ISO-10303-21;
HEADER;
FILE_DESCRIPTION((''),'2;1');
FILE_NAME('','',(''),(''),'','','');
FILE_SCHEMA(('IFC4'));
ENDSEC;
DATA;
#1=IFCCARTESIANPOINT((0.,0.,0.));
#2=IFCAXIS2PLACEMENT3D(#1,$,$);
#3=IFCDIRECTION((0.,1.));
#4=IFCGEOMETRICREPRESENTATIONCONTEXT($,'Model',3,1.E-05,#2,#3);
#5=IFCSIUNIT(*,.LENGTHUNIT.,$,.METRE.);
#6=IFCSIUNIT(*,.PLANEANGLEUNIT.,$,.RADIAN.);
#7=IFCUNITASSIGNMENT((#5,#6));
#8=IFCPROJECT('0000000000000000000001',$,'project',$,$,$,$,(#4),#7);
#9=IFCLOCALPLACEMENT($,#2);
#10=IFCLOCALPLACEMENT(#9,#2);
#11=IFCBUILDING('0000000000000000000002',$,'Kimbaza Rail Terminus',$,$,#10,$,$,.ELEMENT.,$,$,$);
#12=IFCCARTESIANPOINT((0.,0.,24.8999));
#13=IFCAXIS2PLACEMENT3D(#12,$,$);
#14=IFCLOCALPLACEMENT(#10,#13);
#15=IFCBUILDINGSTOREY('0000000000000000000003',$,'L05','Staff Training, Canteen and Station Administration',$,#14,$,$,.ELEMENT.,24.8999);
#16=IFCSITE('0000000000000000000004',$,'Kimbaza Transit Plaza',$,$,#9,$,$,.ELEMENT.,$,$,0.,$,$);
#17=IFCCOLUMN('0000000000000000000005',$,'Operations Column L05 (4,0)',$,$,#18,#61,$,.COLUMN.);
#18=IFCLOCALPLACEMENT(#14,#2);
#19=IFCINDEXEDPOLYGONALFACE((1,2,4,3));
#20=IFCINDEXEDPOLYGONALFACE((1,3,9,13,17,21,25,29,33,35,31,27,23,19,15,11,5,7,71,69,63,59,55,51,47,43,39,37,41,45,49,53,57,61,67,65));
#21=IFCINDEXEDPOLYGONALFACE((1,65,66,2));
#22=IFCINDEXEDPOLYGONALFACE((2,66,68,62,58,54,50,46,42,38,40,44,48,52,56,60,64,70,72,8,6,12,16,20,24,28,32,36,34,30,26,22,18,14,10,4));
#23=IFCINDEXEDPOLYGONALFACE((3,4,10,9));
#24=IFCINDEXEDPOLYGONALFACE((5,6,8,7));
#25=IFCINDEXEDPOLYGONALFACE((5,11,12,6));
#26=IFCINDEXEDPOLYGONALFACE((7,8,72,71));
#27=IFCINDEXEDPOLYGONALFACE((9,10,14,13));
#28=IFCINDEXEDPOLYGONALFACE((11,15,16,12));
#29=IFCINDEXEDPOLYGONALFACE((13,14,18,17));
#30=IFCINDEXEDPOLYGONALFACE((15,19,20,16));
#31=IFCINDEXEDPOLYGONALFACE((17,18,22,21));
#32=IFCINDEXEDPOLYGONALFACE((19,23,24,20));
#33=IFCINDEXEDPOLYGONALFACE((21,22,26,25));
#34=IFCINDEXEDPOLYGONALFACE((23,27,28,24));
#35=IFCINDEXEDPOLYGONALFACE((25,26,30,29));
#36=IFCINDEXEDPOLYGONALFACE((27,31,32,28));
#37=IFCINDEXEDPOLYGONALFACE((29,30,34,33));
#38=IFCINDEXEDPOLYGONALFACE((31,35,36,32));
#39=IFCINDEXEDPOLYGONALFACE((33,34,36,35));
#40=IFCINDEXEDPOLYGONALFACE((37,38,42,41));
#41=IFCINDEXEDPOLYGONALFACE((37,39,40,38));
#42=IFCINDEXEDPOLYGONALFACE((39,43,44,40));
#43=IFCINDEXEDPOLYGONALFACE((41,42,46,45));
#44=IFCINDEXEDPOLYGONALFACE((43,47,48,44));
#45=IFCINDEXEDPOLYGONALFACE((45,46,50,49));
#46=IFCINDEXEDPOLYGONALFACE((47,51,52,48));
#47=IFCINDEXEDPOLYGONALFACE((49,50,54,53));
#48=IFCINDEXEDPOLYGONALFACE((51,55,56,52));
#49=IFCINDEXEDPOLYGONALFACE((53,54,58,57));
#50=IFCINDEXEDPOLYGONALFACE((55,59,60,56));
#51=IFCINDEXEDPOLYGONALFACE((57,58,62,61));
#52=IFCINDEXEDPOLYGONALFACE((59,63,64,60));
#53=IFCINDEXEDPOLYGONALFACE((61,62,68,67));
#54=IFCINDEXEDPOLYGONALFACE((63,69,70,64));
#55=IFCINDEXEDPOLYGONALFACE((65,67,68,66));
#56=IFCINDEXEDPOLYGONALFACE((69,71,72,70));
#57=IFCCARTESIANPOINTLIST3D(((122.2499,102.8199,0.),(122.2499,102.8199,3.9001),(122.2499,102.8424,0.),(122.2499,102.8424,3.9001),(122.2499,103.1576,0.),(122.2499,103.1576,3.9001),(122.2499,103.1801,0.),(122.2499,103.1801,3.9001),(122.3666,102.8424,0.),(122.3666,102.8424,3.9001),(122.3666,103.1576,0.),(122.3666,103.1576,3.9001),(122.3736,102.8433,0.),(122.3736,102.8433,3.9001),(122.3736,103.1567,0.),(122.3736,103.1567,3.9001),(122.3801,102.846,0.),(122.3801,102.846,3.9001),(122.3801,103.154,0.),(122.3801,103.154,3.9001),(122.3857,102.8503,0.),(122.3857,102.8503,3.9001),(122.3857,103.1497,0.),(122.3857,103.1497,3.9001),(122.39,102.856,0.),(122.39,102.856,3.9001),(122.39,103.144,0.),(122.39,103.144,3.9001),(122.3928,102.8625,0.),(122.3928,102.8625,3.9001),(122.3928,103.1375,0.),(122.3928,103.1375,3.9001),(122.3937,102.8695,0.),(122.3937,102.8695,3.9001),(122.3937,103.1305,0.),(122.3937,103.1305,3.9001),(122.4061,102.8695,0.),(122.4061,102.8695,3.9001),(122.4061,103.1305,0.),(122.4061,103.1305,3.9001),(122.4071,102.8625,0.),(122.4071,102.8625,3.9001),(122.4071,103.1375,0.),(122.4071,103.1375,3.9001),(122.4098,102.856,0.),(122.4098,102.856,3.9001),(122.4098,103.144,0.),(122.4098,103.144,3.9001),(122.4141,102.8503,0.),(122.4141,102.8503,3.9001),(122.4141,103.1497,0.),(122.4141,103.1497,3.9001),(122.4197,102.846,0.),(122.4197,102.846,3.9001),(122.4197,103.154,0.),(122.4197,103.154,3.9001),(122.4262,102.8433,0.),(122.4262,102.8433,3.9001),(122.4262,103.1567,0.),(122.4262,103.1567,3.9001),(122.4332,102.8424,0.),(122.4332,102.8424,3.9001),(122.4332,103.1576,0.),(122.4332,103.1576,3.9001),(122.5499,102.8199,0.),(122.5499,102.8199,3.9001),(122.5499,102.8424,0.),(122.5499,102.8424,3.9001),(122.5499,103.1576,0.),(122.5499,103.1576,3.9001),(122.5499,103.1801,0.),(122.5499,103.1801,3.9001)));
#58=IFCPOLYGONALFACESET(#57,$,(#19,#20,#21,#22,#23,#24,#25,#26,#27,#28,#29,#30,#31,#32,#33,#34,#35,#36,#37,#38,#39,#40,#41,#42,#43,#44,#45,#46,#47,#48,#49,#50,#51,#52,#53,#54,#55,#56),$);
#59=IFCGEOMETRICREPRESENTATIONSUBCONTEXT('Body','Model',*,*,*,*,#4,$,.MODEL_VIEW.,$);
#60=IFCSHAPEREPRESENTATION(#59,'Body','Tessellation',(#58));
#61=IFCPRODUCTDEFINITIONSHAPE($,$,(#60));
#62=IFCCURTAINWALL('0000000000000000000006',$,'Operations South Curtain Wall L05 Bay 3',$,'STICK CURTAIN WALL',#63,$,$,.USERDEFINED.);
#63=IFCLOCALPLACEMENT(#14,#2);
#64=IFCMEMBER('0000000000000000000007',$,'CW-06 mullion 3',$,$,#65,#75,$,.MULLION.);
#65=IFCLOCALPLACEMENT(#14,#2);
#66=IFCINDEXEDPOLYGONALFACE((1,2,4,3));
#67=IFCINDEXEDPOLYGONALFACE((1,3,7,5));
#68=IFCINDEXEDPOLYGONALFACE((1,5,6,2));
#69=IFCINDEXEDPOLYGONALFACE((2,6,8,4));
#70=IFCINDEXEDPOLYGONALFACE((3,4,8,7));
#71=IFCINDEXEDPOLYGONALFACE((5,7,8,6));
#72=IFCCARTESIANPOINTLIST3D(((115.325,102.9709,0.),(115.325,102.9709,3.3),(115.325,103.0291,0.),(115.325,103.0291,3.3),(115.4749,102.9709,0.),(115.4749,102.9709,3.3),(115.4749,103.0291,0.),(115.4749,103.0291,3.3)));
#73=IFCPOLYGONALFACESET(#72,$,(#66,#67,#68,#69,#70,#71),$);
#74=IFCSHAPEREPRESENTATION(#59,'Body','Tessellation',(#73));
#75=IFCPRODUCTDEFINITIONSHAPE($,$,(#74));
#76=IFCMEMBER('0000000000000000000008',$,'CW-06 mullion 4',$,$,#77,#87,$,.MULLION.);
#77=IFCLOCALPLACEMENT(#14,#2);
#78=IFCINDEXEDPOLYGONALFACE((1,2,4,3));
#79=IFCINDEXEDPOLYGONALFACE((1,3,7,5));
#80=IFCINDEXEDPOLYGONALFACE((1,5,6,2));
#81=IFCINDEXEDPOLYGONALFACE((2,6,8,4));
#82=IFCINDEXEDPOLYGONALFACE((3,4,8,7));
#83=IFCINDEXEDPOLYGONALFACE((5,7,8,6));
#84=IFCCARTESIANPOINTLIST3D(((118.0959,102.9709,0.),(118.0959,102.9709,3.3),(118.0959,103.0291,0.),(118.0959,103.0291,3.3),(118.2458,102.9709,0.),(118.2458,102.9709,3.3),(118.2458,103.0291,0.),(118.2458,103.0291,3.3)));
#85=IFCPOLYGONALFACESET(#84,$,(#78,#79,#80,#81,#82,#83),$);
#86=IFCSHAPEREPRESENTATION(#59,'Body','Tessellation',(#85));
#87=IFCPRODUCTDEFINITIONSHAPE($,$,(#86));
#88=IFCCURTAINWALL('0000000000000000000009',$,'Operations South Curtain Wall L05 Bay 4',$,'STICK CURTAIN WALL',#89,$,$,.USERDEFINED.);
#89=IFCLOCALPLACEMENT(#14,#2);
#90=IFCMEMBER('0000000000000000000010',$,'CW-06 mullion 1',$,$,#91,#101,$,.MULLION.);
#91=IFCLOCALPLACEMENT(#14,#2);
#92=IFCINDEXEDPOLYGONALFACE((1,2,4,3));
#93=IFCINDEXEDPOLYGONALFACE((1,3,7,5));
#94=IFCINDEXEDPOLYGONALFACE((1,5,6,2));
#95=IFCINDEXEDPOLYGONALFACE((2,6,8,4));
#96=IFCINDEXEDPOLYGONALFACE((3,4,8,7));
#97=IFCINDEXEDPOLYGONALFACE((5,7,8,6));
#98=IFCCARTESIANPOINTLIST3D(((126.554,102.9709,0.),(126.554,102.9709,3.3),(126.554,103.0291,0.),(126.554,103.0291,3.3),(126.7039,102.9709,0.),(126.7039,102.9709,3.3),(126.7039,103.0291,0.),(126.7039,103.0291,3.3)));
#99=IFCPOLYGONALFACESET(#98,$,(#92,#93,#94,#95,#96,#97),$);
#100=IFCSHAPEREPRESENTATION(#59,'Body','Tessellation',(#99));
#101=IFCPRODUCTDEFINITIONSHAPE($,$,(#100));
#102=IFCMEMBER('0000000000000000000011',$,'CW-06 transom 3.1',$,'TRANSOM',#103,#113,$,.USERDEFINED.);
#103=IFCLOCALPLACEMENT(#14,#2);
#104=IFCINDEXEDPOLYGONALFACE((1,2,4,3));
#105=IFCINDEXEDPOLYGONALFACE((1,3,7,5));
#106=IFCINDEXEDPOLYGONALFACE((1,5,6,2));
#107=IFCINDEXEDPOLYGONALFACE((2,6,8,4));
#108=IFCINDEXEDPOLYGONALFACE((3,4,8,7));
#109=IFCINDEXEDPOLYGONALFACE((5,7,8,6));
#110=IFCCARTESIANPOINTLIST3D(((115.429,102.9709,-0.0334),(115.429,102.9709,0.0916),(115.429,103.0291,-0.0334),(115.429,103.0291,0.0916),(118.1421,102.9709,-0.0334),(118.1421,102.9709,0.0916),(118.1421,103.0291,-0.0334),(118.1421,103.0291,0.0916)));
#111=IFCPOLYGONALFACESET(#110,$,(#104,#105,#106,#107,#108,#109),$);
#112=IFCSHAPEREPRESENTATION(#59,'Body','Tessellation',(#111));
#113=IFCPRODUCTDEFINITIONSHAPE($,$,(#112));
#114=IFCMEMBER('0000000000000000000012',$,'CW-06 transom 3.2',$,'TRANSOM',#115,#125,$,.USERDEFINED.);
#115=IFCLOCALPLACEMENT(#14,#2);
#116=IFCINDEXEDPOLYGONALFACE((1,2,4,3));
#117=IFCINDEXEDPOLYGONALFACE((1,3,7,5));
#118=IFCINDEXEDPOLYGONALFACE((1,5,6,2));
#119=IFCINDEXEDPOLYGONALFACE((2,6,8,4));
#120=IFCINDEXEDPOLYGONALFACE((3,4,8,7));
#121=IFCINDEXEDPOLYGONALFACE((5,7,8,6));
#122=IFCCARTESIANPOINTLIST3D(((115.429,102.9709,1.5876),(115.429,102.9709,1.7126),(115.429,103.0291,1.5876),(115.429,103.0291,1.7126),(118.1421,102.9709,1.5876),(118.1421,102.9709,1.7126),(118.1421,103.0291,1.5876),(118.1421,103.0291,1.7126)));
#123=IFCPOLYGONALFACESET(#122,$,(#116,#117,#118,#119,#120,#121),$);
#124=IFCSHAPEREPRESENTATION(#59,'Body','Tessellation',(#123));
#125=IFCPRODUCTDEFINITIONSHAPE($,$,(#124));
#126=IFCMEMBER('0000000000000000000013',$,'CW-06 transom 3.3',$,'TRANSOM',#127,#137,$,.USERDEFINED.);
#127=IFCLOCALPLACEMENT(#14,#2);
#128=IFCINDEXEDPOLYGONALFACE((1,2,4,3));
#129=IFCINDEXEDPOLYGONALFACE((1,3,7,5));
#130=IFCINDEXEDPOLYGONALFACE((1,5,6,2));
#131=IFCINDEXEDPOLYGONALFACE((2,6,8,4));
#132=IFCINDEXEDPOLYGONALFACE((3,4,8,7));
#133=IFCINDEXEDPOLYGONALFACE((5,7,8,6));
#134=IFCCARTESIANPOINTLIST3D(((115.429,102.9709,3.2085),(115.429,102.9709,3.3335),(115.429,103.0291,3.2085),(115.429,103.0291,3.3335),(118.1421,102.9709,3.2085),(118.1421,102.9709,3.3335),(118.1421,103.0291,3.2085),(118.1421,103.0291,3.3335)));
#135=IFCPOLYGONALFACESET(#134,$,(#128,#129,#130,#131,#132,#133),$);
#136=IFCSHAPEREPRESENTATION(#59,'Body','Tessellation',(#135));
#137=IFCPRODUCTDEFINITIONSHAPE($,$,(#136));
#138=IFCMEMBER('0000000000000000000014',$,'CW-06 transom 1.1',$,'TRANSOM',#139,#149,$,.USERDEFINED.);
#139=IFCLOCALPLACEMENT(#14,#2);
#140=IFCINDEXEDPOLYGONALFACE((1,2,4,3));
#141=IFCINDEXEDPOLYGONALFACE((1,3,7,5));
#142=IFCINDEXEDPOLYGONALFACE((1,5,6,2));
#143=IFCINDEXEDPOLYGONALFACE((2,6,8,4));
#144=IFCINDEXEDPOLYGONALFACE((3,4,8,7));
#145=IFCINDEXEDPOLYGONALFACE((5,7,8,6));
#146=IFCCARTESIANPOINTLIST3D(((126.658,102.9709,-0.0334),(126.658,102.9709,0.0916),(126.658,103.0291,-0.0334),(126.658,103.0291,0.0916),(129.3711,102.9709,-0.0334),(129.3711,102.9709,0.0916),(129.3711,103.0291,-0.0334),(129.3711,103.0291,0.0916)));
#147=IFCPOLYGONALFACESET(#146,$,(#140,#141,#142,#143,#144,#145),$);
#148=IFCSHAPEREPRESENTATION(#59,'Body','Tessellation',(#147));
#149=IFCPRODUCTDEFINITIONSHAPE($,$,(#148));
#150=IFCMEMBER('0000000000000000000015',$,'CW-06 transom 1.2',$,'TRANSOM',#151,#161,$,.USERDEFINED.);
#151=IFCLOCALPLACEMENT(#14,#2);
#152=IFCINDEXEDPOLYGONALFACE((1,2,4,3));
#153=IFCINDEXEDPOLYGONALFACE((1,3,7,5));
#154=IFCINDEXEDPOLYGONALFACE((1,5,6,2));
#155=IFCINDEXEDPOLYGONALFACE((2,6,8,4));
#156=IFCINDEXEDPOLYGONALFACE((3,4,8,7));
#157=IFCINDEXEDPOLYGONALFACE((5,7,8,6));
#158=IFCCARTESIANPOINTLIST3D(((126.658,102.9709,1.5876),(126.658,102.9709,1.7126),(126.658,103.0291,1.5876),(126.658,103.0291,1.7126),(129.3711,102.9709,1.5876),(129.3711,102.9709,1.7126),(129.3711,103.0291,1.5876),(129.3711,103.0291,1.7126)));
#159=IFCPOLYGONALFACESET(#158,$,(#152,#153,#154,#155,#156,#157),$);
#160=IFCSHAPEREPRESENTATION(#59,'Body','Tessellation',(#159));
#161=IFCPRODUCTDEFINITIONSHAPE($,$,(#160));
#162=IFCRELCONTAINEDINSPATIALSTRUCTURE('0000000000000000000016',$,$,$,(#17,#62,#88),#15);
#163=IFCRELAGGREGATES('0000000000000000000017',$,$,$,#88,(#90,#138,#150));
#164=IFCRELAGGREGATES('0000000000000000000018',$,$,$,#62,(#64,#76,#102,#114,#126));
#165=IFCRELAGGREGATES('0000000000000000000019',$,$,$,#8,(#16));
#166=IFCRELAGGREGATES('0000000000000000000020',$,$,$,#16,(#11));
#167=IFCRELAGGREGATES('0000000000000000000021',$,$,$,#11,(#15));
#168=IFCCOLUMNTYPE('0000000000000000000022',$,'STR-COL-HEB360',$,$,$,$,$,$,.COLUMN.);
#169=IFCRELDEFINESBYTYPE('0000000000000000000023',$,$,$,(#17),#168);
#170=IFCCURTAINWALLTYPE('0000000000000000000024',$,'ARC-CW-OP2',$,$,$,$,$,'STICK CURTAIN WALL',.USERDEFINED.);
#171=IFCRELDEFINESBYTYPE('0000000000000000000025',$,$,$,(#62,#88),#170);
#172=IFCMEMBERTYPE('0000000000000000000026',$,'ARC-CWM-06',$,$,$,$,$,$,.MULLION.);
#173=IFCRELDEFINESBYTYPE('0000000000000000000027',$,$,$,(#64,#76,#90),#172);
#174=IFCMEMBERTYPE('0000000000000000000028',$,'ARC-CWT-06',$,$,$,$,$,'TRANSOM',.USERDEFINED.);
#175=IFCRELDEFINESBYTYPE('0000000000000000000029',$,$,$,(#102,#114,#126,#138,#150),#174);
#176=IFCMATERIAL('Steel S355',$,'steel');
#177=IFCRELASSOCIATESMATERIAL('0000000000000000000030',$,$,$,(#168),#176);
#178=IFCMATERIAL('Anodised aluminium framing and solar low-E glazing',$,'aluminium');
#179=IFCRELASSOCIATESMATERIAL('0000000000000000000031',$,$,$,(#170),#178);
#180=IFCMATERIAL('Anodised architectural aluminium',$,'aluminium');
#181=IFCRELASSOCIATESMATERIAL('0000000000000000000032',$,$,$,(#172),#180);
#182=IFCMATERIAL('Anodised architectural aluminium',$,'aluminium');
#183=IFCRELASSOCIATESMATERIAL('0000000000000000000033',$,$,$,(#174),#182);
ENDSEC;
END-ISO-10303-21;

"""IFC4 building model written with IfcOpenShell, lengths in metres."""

from ifc_helpers import new_model, si_unit, direction, frame, origin, origin_2d, place, context, subcontext, project, spatial, rectangle, i_section, extrude, material, material_profile, profile_set, type_object, element, aggregate, save


model = new_model("IFC4")

# Units and contexts
model_context = context("Model", 3, precision=1e-05, world=origin(), true_north=direction((0.0, 1.0)))
body_context = subcontext(model_context, "Body", "Model", "MODEL_VIEW")
ifc_project = project(units=[si_unit("LENGTHUNIT", "METRE"), si_unit("PLANEANGLEUNIT", "RADIAN")], contexts=[model_context])

# Site, building, storey
site_placement = place(None, origin())
site = spatial("IfcSite", under=ifc_project, at=site_placement, Name="Kimbaza Transit Plaza", CompositionType="ELEMENT", RefElevation=0.0)
building_placement = place(site_placement, origin())
building = spatial("IfcBuilding", under=site, at=building_placement, Name="Kimbaza Rail Terminus", CompositionType="ELEMENT")
storey_placement = place(building_placement, frame((0.0, 0.0, 24.8999)))
storey = spatial("IfcBuildingStorey", under=building, at=storey_placement, Name="L05", Description="Staff Training, Canteen and Station Administration", CompositionType="ELEMENT", Elevation=24.8999)

# Column
ifc_material_1 = material(Name="Steel S355", Category="steel")
ifc_material_profile_1 = material_profile(ifc_material_1, i_section(OverallWidth=0.3, OverallDepth=0.3601, WebThickness=0.0125, FlangeThickness=0.0225, FilletRadius=0.0271, at=origin_2d()), Name="HEB 360")
ifc_profile_set_1 = profile_set([ifc_material_profile_1], Name="Steel S355")
column_type = type_object("IfcColumnType", Name="STR-COL-HEB360", PredefinedType="COLUMN", material=ifc_profile_set_1)
column_placement = place(storey_placement, frame((122.3999, 103.0, 0.0), z_axis=(0.0, 0.0, 1.0), x_axis=(1.0, 0.0, 0.0)))
element("IfcColumn", 1, at=column_placement, inside=storey, type_object=column_type, Name="Operations Column L05 (4,0)", PredefinedType="COLUMN", context=body_context, shape_type="SweptSolid", body=[
    extrude(i_section(OverallWidth=0.3, OverallDepth=0.3601, WebThickness=0.0125, FlangeThickness=0.0225, FilletRadius=0.0271, at=origin_2d()), origin(), (0.0, 0.0, 1.0), 3.9001),
])

# Curtain wall, members
ifc_material_2 = material(Name="Anodised aluminium framing and solar low-E glazing", Category="aluminium")
curtain_wall_type = type_object("IfcCurtainWallType", Name="ARC-CW-OP2", ElementType="STICK CURTAIN WALL", PredefinedType="USERDEFINED", material=ifc_material_2)
curtain_wall_1_placement = place(storey_placement, origin())
curtain_wall_1 = element("IfcCurtainWall", 2, at=curtain_wall_1_placement, inside=storey, type_object=curtain_wall_type, Name="Operations South Curtain Wall L05 Bay 3", ObjectType="STICK CURTAIN WALL", PredefinedType="USERDEFINED")
ifc_material_3 = material(Name="Anodised architectural aluminium", Category="aluminium")
ifc_material_profile_2 = material_profile(ifc_material_3, rectangle(XDim=0.0581, YDim=0.1499, at=origin_2d()), Name="MULLION 58x150")
ifc_profile_set_2 = profile_set([ifc_material_profile_2], Name="Anodised architectural aluminium")
member_type_1 = type_object("IfcMemberType", Name="ARC-CWM-06", PredefinedType="MULLION", material=ifc_profile_set_2)
member_1_placement = place(storey_placement, frame((115.3999, 103.0, 0.0), z_axis=(0.0, 0.0, 1.0), x_axis=(0.0, 1.0, 0.0)))
member_1 = element("IfcMember", 3, at=member_1_placement, type_object=member_type_1, Name="CW-06 mullion 3", PredefinedType="MULLION", context=body_context, shape_type="SweptSolid", body=[
    extrude(rectangle(XDim=0.0581, YDim=0.1499, at=origin_2d()), origin(), (0.0, 0.0, 1.0), 3.3),
])
member_2_placement = place(storey_placement, frame((118.1709, 103.0, 0.0), z_axis=(0.0, 0.0, 1.0), x_axis=(0.0, 1.0, 0.0)))
member_2 = element("IfcMember", 4, at=member_2_placement, type_object=member_type_1, Name="CW-06 mullion 4", PredefinedType="MULLION", context=body_context, shape_type="SweptSolid", body=[
    extrude(rectangle(XDim=0.0581, YDim=0.1499, at=origin_2d()), origin(), (0.0, 0.0, 1.0), 3.3),
])

# Curtain wall, member
curtain_wall_2_placement = place(storey_placement, origin())
curtain_wall_2 = element("IfcCurtainWall", 5, at=curtain_wall_2_placement, inside=storey, type_object=curtain_wall_type, Name="Operations South Curtain Wall L05 Bay 4", ObjectType="STICK CURTAIN WALL", PredefinedType="USERDEFINED")
member_3_placement = place(storey_placement, frame((126.6289, 103.0, 0.0), z_axis=(0.0, 0.0, 1.0), x_axis=(0.0, 1.0, 0.0)))
member_3 = element("IfcMember", 6, at=member_3_placement, type_object=member_type_1, Name="CW-06 mullion 1", PredefinedType="MULLION", context=body_context, shape_type="SweptSolid", body=[
    extrude(rectangle(XDim=0.0581, YDim=0.1499, at=origin_2d()), origin(), (0.0, 0.0, 1.0), 3.3),
])

# Members
ifc_material_4 = material(Name="Anodised architectural aluminium", Category="aluminium")
ifc_material_profile_3 = material_profile(ifc_material_4, rectangle(XDim=0.0581, YDim=0.125, at=origin_2d()), Name="TRANSOM 58x125")
ifc_profile_set_3 = profile_set([ifc_material_profile_3], Name="Anodised architectural aluminium")
member_type_2 = type_object("IfcMemberType", Name="ARC-CWT-06", ElementType="TRANSOM", PredefinedType="USERDEFINED", material=ifc_profile_set_3)
member_4_placement = place(storey_placement, frame((115.429, 103.0, 0.0291), z_axis=(1.0, 0.0, 0.0), x_axis=(0.0, 1.0, 0.0)))
member_4 = element("IfcMember", 7, at=member_4_placement, type_object=member_type_2, Name="CW-06 transom 3.1", ObjectType="TRANSOM", PredefinedType="USERDEFINED", context=body_context, shape_type="SweptSolid", body=[
    extrude(rectangle(XDim=0.0581, YDim=0.125, at=origin_2d()), origin(), (0.0, 0.0, 1.0), 2.7131),
])
member_5_placement = place(storey_placement, frame((115.429, 103.0, 1.6501), z_axis=(1.0, 0.0, 0.0), x_axis=(0.0, 1.0, 0.0)))
member_5 = element("IfcMember", 8, at=member_5_placement, type_object=member_type_2, Name="CW-06 transom 3.2", ObjectType="TRANSOM", PredefinedType="USERDEFINED", context=body_context, shape_type="SweptSolid", body=[
    extrude(rectangle(XDim=0.0581, YDim=0.125, at=origin_2d()), origin(), (0.0, 0.0, 1.0), 2.7131),
])
member_6_placement = place(storey_placement, frame((115.429, 103.0, 3.271), z_axis=(1.0, 0.0, 0.0), x_axis=(0.0, 1.0, 0.0)))
member_6 = element("IfcMember", 9, at=member_6_placement, type_object=member_type_2, Name="CW-06 transom 3.3", ObjectType="TRANSOM", PredefinedType="USERDEFINED", context=body_context, shape_type="SweptSolid", body=[
    extrude(rectangle(XDim=0.0581, YDim=0.125, at=origin_2d()), origin(), (0.0, 0.0, 1.0), 2.7131),
])
member_7_placement = place(storey_placement, frame((126.658, 103.0, 0.0291), z_axis=(1.0, 0.0, 0.0), x_axis=(0.0, 1.0, 0.0)))
member_7 = element("IfcMember", 10, at=member_7_placement, type_object=member_type_2, Name="CW-06 transom 1.1", ObjectType="TRANSOM", PredefinedType="USERDEFINED", context=body_context, shape_type="SweptSolid", body=[
    extrude(rectangle(XDim=0.0581, YDim=0.125, at=origin_2d()), origin(), (0.0, 0.0, 1.0), 2.7131),
])
member_8_placement = place(storey_placement, frame((126.658, 103.0, 1.6501), z_axis=(1.0, 0.0, 0.0), x_axis=(0.0, 1.0, 0.0)))
member_8 = element("IfcMember", 11, at=member_8_placement, type_object=member_type_2, Name="CW-06 transom 1.2", ObjectType="TRANSOM", PredefinedType="USERDEFINED", context=body_context, shape_type="SweptSolid", body=[
    extrude(rectangle(XDim=0.0581, YDim=0.125, at=origin_2d()), origin(), (0.0, 0.0, 1.0), 2.7131),
])
aggregate(curtain_wall_2, [member_3, member_7, member_8])

aggregate(curtain_wall_1, [member_1, member_2, member_4, member_5, member_6])

save(model, "model.ifc")
